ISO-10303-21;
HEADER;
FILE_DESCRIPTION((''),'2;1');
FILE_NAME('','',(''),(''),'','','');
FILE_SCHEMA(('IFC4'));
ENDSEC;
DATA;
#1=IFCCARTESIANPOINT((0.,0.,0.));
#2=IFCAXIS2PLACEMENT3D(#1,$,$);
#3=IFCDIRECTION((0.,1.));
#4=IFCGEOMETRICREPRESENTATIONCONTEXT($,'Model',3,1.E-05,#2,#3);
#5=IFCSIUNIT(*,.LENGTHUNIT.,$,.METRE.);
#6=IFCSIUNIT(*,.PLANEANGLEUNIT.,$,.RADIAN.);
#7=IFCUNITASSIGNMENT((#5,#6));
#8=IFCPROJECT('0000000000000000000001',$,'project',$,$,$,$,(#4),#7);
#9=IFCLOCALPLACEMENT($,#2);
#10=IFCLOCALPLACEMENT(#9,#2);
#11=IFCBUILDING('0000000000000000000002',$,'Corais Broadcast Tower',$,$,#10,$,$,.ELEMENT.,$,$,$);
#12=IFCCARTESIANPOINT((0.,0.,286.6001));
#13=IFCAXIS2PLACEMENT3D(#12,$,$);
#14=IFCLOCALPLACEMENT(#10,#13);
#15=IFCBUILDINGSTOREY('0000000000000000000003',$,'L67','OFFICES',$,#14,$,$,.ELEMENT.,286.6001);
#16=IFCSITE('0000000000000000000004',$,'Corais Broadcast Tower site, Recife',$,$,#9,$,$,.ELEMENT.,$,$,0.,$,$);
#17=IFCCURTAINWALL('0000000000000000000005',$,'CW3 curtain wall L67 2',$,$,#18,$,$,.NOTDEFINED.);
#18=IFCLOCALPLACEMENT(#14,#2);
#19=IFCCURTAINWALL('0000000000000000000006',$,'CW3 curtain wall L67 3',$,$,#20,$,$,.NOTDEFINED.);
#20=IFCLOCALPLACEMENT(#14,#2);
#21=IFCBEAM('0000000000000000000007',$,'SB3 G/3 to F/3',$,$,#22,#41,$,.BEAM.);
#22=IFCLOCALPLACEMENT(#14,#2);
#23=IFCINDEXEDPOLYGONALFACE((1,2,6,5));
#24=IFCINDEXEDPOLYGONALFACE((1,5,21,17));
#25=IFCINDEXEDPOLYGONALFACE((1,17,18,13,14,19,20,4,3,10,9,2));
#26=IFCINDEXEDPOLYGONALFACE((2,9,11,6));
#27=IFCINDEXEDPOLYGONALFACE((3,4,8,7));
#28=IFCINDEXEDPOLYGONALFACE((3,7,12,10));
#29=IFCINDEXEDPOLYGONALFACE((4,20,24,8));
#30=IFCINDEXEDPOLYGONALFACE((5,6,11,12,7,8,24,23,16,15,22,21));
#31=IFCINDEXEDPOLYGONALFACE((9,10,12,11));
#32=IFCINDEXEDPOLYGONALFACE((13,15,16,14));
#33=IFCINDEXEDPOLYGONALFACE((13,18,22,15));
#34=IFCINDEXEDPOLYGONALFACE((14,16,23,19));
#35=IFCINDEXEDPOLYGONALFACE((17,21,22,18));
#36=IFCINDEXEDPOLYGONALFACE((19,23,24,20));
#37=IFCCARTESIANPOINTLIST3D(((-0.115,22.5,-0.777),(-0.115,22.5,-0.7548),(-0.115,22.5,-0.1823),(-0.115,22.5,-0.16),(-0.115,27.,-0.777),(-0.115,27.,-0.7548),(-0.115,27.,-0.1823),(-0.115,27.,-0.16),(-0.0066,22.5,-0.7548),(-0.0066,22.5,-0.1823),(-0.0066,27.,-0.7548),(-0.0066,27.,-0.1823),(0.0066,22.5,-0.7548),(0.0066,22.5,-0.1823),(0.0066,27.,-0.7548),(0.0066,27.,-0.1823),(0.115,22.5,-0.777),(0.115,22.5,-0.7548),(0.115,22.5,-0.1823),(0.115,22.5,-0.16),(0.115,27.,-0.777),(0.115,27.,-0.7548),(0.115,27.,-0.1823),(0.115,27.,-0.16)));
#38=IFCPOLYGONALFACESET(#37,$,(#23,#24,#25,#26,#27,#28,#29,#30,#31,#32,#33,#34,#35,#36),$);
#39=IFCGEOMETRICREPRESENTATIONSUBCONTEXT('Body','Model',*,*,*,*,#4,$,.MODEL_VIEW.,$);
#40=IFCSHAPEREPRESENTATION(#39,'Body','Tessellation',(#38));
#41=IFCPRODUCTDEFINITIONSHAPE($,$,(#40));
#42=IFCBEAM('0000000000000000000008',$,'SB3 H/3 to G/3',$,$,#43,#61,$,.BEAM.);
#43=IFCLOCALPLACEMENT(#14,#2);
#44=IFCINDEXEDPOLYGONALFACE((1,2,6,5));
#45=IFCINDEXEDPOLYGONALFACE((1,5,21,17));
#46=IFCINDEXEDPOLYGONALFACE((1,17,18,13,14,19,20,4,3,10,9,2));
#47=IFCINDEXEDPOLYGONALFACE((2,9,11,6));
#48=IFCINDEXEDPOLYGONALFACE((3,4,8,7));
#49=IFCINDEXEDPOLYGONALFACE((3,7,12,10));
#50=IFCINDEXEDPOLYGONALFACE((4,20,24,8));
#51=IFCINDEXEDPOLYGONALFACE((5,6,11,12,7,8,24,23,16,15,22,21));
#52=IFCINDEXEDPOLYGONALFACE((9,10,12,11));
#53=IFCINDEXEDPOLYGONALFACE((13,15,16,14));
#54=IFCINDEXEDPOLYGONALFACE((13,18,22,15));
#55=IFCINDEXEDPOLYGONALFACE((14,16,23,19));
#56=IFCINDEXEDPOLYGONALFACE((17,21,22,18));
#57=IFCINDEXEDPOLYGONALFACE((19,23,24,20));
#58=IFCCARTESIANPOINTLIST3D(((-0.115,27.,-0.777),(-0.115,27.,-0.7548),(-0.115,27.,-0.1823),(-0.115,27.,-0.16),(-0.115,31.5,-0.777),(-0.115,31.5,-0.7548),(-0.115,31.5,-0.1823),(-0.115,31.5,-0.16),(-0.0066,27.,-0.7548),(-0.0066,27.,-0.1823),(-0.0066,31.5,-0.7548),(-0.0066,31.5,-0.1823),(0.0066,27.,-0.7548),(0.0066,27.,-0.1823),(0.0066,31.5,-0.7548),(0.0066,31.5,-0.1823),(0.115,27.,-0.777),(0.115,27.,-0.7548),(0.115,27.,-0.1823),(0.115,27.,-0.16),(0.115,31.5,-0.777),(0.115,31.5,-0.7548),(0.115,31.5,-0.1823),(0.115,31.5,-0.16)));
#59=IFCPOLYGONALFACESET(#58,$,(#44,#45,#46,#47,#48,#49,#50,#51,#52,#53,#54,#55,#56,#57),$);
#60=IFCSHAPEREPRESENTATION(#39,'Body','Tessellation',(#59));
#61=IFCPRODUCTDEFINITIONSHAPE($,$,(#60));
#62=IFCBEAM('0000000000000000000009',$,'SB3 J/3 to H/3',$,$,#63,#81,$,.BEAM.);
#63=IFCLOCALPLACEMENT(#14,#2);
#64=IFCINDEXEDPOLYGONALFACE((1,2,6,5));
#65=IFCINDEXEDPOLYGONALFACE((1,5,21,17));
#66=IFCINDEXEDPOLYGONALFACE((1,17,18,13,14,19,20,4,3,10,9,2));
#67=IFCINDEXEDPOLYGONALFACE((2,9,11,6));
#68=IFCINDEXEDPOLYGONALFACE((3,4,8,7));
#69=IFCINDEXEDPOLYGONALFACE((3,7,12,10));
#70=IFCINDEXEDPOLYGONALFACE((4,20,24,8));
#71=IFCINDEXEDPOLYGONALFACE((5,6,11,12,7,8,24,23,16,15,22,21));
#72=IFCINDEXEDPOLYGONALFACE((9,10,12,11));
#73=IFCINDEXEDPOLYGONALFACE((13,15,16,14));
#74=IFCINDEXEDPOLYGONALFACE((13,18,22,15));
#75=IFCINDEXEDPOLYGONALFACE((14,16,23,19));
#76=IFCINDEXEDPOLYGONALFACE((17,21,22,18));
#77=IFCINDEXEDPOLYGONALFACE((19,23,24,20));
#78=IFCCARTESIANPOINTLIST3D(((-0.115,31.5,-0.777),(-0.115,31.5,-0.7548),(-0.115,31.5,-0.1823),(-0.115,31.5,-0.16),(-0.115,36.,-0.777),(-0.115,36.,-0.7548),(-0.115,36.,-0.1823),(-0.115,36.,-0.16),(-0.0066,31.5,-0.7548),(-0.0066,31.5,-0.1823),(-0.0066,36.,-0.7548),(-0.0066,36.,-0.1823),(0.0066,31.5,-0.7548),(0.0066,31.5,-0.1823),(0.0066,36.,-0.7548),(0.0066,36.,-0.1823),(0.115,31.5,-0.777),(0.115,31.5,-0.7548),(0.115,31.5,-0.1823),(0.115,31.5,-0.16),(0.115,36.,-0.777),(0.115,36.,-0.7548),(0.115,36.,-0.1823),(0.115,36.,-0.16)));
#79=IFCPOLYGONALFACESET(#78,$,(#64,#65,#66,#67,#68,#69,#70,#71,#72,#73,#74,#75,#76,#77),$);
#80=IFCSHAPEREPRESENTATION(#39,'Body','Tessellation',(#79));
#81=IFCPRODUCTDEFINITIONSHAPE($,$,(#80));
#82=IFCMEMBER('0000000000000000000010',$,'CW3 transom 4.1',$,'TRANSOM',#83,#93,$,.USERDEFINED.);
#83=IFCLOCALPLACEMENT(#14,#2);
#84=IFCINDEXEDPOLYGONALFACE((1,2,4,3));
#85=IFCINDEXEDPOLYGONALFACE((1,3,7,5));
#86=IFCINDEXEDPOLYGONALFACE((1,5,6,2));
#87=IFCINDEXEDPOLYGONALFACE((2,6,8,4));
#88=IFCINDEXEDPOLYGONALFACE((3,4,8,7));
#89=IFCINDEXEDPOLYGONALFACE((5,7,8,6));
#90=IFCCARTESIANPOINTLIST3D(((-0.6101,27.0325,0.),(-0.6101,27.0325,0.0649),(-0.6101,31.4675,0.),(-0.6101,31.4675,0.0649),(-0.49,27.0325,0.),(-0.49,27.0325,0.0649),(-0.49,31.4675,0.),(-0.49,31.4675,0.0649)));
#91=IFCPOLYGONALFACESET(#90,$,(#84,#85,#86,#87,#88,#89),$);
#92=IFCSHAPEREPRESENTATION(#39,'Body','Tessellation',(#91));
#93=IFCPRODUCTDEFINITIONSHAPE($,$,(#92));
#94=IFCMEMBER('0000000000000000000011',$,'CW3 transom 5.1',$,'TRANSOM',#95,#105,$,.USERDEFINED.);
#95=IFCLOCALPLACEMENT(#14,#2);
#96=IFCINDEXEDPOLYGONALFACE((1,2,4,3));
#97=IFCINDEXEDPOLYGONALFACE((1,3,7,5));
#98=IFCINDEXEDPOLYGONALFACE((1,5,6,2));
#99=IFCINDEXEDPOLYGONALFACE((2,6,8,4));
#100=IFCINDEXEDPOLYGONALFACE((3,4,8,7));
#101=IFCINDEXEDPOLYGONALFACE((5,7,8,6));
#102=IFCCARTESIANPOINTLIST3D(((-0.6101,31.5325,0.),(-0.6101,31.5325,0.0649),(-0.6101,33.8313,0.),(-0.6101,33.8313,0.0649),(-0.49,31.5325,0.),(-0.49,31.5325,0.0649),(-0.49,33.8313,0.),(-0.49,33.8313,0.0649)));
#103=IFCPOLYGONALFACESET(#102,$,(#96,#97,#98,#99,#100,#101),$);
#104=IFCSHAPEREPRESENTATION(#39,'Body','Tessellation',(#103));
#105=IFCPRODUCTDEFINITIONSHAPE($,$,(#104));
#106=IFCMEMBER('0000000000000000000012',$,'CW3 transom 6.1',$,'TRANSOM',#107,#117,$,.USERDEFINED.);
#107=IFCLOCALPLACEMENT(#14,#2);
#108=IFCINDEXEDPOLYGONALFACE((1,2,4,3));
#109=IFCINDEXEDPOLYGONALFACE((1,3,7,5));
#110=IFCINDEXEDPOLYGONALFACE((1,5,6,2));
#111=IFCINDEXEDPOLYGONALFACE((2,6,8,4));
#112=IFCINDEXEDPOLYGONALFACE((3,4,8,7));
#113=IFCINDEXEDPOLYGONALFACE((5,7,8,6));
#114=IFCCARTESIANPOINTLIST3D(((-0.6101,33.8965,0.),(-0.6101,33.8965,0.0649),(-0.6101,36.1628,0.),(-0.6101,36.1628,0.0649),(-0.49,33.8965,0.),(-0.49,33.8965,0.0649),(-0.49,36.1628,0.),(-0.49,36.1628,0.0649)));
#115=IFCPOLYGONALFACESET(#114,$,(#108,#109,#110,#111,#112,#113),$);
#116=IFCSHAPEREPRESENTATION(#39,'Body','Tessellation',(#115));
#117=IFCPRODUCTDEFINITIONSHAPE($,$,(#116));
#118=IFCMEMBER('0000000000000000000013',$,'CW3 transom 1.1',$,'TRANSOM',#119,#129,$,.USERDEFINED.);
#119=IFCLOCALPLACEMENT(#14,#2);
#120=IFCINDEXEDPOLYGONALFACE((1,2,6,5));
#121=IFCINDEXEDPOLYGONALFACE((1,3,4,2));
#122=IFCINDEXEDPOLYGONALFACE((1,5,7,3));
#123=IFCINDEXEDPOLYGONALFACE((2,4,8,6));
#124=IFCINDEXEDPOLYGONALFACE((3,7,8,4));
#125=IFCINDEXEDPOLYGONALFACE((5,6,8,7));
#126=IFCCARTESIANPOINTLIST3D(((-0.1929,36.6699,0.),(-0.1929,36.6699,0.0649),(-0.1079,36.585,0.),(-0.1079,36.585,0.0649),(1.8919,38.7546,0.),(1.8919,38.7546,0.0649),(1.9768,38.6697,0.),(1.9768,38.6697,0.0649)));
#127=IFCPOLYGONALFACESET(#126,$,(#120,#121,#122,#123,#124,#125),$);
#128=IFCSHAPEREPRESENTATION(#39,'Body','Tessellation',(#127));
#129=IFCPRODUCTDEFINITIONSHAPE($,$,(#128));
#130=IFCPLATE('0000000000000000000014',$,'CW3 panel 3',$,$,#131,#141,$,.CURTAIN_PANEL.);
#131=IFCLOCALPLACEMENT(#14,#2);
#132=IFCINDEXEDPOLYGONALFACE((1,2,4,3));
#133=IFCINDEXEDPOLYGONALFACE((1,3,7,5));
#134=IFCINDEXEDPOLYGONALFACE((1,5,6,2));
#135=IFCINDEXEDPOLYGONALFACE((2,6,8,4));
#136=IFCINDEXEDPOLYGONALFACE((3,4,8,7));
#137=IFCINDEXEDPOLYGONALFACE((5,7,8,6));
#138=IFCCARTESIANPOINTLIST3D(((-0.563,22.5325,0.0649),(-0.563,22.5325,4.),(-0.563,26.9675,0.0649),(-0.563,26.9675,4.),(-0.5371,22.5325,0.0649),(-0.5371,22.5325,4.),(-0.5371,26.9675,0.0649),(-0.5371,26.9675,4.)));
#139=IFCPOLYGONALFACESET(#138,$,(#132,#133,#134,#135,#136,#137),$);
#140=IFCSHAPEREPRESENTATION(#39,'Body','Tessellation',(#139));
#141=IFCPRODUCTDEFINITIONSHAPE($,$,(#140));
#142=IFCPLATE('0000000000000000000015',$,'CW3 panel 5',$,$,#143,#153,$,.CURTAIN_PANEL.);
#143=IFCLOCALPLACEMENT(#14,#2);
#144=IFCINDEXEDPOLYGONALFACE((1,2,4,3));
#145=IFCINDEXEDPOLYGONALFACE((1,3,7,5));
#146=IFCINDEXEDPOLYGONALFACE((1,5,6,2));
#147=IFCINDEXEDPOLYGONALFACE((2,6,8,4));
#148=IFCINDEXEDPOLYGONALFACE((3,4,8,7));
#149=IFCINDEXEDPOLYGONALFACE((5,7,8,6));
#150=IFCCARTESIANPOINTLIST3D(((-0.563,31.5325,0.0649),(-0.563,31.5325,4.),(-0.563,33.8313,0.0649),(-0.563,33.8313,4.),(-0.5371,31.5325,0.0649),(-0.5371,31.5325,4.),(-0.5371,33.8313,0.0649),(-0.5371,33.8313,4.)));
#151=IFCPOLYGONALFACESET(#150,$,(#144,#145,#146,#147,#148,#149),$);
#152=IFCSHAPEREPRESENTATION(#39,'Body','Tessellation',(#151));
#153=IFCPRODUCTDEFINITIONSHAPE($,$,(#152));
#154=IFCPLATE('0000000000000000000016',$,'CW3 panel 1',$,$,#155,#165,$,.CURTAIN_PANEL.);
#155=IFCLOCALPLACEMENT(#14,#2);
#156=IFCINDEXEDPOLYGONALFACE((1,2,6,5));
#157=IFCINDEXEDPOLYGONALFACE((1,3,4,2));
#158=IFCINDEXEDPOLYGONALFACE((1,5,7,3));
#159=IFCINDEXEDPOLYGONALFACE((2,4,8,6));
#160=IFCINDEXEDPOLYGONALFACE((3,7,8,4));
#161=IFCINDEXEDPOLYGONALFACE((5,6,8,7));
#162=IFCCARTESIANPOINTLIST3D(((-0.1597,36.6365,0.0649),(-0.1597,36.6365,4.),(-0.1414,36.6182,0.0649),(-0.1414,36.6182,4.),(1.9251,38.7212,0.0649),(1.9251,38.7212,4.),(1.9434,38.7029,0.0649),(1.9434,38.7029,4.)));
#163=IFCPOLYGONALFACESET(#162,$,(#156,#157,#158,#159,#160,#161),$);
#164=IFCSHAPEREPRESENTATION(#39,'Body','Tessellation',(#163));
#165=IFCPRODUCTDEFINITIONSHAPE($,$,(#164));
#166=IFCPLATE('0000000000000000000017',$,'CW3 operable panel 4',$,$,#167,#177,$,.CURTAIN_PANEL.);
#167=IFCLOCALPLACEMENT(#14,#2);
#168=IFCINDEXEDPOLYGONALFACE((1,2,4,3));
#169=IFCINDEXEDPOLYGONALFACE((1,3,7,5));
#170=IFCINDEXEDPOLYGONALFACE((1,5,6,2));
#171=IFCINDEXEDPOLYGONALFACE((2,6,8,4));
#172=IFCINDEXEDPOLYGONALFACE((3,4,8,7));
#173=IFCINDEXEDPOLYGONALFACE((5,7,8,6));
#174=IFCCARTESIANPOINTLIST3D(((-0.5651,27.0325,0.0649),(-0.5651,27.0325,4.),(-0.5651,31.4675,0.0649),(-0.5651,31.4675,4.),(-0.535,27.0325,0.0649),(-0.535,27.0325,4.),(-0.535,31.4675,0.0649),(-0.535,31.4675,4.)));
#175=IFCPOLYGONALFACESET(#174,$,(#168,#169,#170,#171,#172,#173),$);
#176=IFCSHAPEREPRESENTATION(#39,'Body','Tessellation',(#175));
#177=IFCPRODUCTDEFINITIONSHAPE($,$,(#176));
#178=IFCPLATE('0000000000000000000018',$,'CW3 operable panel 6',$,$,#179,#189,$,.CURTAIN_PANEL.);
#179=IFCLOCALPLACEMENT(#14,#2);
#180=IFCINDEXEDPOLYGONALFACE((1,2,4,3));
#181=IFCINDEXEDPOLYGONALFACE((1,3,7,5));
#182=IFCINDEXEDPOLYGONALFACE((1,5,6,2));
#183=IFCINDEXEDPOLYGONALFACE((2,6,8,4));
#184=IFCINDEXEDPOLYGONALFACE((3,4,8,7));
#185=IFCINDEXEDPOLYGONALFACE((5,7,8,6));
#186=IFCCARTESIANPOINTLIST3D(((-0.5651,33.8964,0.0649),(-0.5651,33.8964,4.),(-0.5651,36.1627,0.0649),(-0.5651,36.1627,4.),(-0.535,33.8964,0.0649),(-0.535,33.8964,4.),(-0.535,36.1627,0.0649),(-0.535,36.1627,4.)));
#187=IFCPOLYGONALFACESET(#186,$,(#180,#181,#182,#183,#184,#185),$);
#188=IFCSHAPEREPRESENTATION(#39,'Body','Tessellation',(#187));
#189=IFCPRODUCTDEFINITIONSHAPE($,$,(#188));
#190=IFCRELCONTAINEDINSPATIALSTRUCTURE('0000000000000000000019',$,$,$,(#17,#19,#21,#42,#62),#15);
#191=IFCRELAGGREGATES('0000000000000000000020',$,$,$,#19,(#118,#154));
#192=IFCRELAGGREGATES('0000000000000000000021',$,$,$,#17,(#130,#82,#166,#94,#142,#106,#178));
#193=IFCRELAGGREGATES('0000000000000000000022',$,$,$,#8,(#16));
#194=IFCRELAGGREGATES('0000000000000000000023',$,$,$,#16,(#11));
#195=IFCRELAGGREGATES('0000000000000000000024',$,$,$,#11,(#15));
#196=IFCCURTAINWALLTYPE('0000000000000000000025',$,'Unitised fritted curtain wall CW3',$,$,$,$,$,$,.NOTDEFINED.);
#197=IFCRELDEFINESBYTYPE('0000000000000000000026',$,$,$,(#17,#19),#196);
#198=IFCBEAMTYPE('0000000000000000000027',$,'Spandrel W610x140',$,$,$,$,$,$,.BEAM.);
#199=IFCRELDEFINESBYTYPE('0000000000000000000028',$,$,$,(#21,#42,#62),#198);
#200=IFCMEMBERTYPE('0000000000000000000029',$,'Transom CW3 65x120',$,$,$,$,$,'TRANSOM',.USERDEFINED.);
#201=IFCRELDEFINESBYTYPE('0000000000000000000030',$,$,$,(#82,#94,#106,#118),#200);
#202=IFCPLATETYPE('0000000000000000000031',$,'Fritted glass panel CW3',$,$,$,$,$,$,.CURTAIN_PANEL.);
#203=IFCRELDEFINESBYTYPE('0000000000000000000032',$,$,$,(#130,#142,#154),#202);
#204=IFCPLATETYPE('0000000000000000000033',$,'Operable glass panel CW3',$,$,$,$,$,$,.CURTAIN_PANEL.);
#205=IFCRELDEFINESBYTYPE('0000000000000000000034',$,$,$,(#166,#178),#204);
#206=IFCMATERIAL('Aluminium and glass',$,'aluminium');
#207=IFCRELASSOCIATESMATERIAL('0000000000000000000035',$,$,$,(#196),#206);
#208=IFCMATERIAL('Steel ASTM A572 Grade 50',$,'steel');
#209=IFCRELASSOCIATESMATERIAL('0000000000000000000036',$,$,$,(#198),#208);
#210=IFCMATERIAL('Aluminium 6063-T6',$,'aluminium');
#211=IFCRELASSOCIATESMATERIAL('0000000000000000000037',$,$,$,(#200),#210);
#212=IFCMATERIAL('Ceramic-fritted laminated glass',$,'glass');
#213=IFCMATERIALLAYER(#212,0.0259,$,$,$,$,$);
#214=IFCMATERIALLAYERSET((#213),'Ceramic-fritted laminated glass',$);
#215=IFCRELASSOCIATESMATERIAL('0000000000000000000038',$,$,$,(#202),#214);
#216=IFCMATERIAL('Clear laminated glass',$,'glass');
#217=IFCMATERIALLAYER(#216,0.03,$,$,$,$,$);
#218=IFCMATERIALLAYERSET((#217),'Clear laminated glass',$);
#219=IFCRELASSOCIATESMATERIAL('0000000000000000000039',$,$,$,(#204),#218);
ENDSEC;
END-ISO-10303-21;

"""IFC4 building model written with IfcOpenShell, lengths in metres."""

from ifc_helpers import new_model, si_unit, direction, frame, origin, origin_2d, place, context, subcontext, project, spatial, rectangle, i_section, extrude, material, layer, layer_set, material_profile, profile_set, type_object, element, aggregate, save


model = new_model("IFC4")

# Units and contexts
model_context = context("Model", 3, precision=1e-05, world=origin(), true_north=direction((0.0, 1.0)))
body_context = subcontext(model_context, "Body", "Model", "MODEL_VIEW")
ifc_project = project(units=[si_unit("LENGTHUNIT", "METRE"), si_unit("PLANEANGLEUNIT", "RADIAN")], contexts=[model_context])

# Site, building, storey
site_placement = place(None, origin())
site = spatial("IfcSite", under=ifc_project, at=site_placement, Name="Corais Broadcast Tower site, Recife", CompositionType="ELEMENT", RefElevation=0.0)
building_placement = place(site_placement, origin())
building = spatial("IfcBuilding", under=site, at=building_placement, Name="Corais Broadcast Tower", CompositionType="ELEMENT")
storey_placement = place(building_placement, frame((0.0, 0.0, 286.6001)))
storey = spatial("IfcBuildingStorey", under=building, at=storey_placement, Name="L67", Description="OFFICES", CompositionType="ELEMENT", Elevation=286.6001)

# Curtain walls
ifc_material_1 = material(Name="Aluminium and glass", Category="aluminium")
curtain_wall_type = type_object("IfcCurtainWallType", Name="Unitised fritted curtain wall CW3", PredefinedType="NOTDEFINED", material=ifc_material_1)
curtain_wall_1_placement = place(storey_placement, origin())
curtain_wall_1 = element("IfcCurtainWall", 1, at=curtain_wall_1_placement, inside=storey, type_object=curtain_wall_type, Name="CW3 curtain wall L67 2", PredefinedType="NOTDEFINED")
curtain_wall_2_placement = place(storey_placement, origin())
curtain_wall_2 = element("IfcCurtainWall", 2, at=curtain_wall_2_placement, inside=storey, type_object=curtain_wall_type, Name="CW3 curtain wall L67 3", PredefinedType="NOTDEFINED")

# Beams
ifc_material_2 = material(Name="Steel ASTM A572 Grade 50", Category="steel")
ifc_material_profile_1 = material_profile(ifc_material_2, i_section(OverallWidth=0.23, OverallDepth=0.6169, WebThickness=0.0132, FlangeThickness=0.0222, at=origin_2d()), Name="W610x140")
ifc_profile_set_1 = profile_set([ifc_material_profile_1], Name="Steel ASTM A572 Grade 50")
beam_type_1 = type_object("IfcBeamType", Name="Spandrel W610x140", PredefinedType="BEAM", material=ifc_profile_set_1)
for number, where, z_axis, x_axis, name in (
    (3, (0.0, 27.0, -0.4685), (0.0, -1.0, 0.0), (1.0, 0.0, 0.0), "SB3 G/3 to F/3"),
    (4, (0.0, 31.5, -0.4685), (0.0, -1.0, 0.0), (1.0, 0.0, 0.0), "SB3 H/3 to G/3"),
    (5, (0.0, 36.0, -0.4685), (0.0, -1.0, 0.0), (1.0, 0.0, 0.0), "SB3 J/3 to H/3"),
):
    element("IfcBeam", number, at=place(storey_placement, frame(where, z_axis=z_axis, x_axis=x_axis)), inside=storey, type_object=beam_type_1, Name=name, PredefinedType="BEAM", context=body_context, shape_type="SweptSolid", body=[
        extrude(i_section(OverallWidth=0.23, OverallDepth=0.6169, WebThickness=0.0132, FlangeThickness=0.0222, at=origin_2d()), origin(), (0.0, 0.0, 1.0), 4.5),
    ])

# Members
ifc_material_3 = material(Name="Aluminium 6063-T6", Category="aluminium")
ifc_material_profile_2 = material_profile(ifc_material_3, rectangle(XDim=0.1201, YDim=0.0649, at=origin_2d()), Name="Transom CW3 65x120")
ifc_profile_set_2 = profile_set([ifc_material_profile_2], Name="Aluminium 6063-T6")
member_type_1 = type_object("IfcMemberType", Name="Transom CW3 65x120", ElementType="TRANSOM", PredefinedType="USERDEFINED", material=ifc_profile_set_2)
member_1_placement = place(storey_placement, frame((-0.55, 27.0325, 0.0325), z_axis=(0.0, 1.0, 0.0), x_axis=(-1.0, 0.0, 0.0)))
member_1 = element("IfcMember", 6, at=member_1_placement, type_object=member_type_1, Name="CW3 transom 4.1", ObjectType="TRANSOM", PredefinedType="USERDEFINED", context=body_context, shape_type="SweptSolid", body=[
    extrude(rectangle(XDim=0.1201, YDim=0.0649, at=origin_2d()), origin(), (0.0, 0.0, 1.0), 4.4351),
])
member_2_placement = place(storey_placement, frame((-0.55, 31.5325, 0.0325), z_axis=(0.0, 1.0, 0.0), x_axis=(-1.0, 0.0, 0.0)))
member_2 = element("IfcMember", 7, at=member_2_placement, type_object=member_type_1, Name="CW3 transom 5.1", ObjectType="TRANSOM", PredefinedType="USERDEFINED", context=body_context, shape_type="SweptSolid", body=[
    extrude(rectangle(XDim=0.1201, YDim=0.0649, at=origin_2d()), origin(), (0.0, 0.0, 1.0), 2.2988),
])
member_3_placement = place(storey_placement, frame((-0.55, 33.8965, 0.0325), z_axis=(0.0, 1.0, 0.0), x_axis=(-1.0, 0.0, 0.0)))
member_3 = element("IfcMember", 8, at=member_3_placement, type_object=member_type_1, Name="CW3 transom 6.1", ObjectType="TRANSOM", PredefinedType="USERDEFINED", context=body_context, shape_type="SweptSolid", body=[
    extrude(rectangle(XDim=0.1201, YDim=0.0649, at=origin_2d()), origin(), (0.0, 0.0, 1.0), 2.2664),
])
member_4_placement = place(storey_placement, frame((-0.1504, 36.6274, 0.0325), z_axis=(0.707107, 0.707107, 0.0), x_axis=(-0.707107, 0.707107, 0.0)))
member_4 = element("IfcMember", 9, at=member_4_placement, type_object=member_type_1, Name="CW3 transom 1.1", ObjectType="TRANSOM", PredefinedType="USERDEFINED", context=body_context, shape_type="SweptSolid", body=[
    extrude(rectangle(XDim=0.1201, YDim=0.0649, at=origin_2d()), origin(), (0.0, 0.0, 1.0), 2.9482),
])

# Plates
ifc_material_4 = material(Name="Ceramic-fritted laminated glass", Category="glass")
ifc_layer_1 = layer(ifc_material_4, 0.0259)
ifc_layer_set_1 = layer_set([ifc_layer_1], Name="Ceramic-fritted laminated glass")
plate_type_1 = type_object("IfcPlateType", Name="Fritted glass panel CW3", PredefinedType="CURTAIN_PANEL", material=ifc_layer_set_1)
plate_1_placement = place(storey_placement, frame((-0.55, 24.75, 0.0649), z_axis=(0.0, 0.0, 1.0), x_axis=(0.0, 1.0, 0.0)))
plate_1 = element("IfcPlate", 10, at=plate_1_placement, type_object=plate_type_1, Name="CW3 panel 3", PredefinedType="CURTAIN_PANEL", context=body_context, shape_type="SweptSolid", body=[
    extrude(rectangle(XDim=4.4351, YDim=0.0259, at=origin_2d()), origin(), (0.0, 0.0, 1.0), 3.9351),
])
plate_2_placement = place(storey_placement, frame((-0.55, 32.6819, 0.0649), z_axis=(0.0, 0.0, 1.0), x_axis=(0.0, 1.0, 0.0)))
plate_2 = element("IfcPlate", 11, at=plate_2_placement, type_object=plate_type_1, Name="CW3 panel 5", PredefinedType="CURTAIN_PANEL", context=body_context, shape_type="SweptSolid", body=[
    extrude(rectangle(XDim=2.2988, YDim=0.0259, at=origin_2d()), origin(), (0.0, 0.0, 1.0), 3.9351),
])
plate_3_placement = place(storey_placement, frame((0.8918, 37.6697, 0.0649), z_axis=(0.0, 0.0, 1.0), x_axis=(0.707107, 0.707107, 0.0)))
plate_3 = element("IfcPlate", 12, at=plate_3_placement, type_object=plate_type_1, Name="CW3 panel 1", PredefinedType="CURTAIN_PANEL", context=body_context, shape_type="SweptSolid", body=[
    extrude(rectangle(XDim=2.9482, YDim=0.0259, at=origin_2d()), origin(), (0.0, 0.0, 1.0), 3.9351),
])
aggregate(curtain_wall_2, [member_4, plate_3])
ifc_material_5 = material(Name="Clear laminated glass", Category="glass")
ifc_layer_2 = layer(ifc_material_5, 0.03)
ifc_layer_set_2 = layer_set([ifc_layer_2], Name="Clear laminated glass")
plate_type_2 = type_object("IfcPlateType", Name="Operable glass panel CW3", PredefinedType="CURTAIN_PANEL", material=ifc_layer_set_2)
plate_4_placement = place(storey_placement, frame((-0.55, 29.25, 0.0649), z_axis=(0.0, 0.0, 1.0), x_axis=(0.0, 1.0, 0.0)))
plate_4 = element("IfcPlate", 13, at=plate_4_placement, type_object=plate_type_2, Name="CW3 operable panel 4", PredefinedType="CURTAIN_PANEL", context=body_context, shape_type="SweptSolid", body=[
    extrude(rectangle(XDim=4.4351, YDim=0.03, at=origin_2d()), origin(), (0.0, 0.0, 1.0), 3.9351),
])
plate_5_placement = place(storey_placement, frame((-0.55, 35.0295, 0.0649), z_axis=(0.0, 0.0, 1.0), x_axis=(0.0, 1.0, 0.0)))
plate_5 = element("IfcPlate", 14, at=plate_5_placement, type_object=plate_type_2, Name="CW3 operable panel 6", PredefinedType="CURTAIN_PANEL", context=body_context, shape_type="SweptSolid", body=[
    extrude(rectangle(XDim=2.2664, YDim=0.03, at=origin_2d()), origin(), (0.0, 0.0, 1.0), 3.9351),
])
aggregate(curtain_wall_1, [plate_1, member_1, plate_4, member_2, plate_2, member_3, plate_5])

save(model, "model.ifc")
